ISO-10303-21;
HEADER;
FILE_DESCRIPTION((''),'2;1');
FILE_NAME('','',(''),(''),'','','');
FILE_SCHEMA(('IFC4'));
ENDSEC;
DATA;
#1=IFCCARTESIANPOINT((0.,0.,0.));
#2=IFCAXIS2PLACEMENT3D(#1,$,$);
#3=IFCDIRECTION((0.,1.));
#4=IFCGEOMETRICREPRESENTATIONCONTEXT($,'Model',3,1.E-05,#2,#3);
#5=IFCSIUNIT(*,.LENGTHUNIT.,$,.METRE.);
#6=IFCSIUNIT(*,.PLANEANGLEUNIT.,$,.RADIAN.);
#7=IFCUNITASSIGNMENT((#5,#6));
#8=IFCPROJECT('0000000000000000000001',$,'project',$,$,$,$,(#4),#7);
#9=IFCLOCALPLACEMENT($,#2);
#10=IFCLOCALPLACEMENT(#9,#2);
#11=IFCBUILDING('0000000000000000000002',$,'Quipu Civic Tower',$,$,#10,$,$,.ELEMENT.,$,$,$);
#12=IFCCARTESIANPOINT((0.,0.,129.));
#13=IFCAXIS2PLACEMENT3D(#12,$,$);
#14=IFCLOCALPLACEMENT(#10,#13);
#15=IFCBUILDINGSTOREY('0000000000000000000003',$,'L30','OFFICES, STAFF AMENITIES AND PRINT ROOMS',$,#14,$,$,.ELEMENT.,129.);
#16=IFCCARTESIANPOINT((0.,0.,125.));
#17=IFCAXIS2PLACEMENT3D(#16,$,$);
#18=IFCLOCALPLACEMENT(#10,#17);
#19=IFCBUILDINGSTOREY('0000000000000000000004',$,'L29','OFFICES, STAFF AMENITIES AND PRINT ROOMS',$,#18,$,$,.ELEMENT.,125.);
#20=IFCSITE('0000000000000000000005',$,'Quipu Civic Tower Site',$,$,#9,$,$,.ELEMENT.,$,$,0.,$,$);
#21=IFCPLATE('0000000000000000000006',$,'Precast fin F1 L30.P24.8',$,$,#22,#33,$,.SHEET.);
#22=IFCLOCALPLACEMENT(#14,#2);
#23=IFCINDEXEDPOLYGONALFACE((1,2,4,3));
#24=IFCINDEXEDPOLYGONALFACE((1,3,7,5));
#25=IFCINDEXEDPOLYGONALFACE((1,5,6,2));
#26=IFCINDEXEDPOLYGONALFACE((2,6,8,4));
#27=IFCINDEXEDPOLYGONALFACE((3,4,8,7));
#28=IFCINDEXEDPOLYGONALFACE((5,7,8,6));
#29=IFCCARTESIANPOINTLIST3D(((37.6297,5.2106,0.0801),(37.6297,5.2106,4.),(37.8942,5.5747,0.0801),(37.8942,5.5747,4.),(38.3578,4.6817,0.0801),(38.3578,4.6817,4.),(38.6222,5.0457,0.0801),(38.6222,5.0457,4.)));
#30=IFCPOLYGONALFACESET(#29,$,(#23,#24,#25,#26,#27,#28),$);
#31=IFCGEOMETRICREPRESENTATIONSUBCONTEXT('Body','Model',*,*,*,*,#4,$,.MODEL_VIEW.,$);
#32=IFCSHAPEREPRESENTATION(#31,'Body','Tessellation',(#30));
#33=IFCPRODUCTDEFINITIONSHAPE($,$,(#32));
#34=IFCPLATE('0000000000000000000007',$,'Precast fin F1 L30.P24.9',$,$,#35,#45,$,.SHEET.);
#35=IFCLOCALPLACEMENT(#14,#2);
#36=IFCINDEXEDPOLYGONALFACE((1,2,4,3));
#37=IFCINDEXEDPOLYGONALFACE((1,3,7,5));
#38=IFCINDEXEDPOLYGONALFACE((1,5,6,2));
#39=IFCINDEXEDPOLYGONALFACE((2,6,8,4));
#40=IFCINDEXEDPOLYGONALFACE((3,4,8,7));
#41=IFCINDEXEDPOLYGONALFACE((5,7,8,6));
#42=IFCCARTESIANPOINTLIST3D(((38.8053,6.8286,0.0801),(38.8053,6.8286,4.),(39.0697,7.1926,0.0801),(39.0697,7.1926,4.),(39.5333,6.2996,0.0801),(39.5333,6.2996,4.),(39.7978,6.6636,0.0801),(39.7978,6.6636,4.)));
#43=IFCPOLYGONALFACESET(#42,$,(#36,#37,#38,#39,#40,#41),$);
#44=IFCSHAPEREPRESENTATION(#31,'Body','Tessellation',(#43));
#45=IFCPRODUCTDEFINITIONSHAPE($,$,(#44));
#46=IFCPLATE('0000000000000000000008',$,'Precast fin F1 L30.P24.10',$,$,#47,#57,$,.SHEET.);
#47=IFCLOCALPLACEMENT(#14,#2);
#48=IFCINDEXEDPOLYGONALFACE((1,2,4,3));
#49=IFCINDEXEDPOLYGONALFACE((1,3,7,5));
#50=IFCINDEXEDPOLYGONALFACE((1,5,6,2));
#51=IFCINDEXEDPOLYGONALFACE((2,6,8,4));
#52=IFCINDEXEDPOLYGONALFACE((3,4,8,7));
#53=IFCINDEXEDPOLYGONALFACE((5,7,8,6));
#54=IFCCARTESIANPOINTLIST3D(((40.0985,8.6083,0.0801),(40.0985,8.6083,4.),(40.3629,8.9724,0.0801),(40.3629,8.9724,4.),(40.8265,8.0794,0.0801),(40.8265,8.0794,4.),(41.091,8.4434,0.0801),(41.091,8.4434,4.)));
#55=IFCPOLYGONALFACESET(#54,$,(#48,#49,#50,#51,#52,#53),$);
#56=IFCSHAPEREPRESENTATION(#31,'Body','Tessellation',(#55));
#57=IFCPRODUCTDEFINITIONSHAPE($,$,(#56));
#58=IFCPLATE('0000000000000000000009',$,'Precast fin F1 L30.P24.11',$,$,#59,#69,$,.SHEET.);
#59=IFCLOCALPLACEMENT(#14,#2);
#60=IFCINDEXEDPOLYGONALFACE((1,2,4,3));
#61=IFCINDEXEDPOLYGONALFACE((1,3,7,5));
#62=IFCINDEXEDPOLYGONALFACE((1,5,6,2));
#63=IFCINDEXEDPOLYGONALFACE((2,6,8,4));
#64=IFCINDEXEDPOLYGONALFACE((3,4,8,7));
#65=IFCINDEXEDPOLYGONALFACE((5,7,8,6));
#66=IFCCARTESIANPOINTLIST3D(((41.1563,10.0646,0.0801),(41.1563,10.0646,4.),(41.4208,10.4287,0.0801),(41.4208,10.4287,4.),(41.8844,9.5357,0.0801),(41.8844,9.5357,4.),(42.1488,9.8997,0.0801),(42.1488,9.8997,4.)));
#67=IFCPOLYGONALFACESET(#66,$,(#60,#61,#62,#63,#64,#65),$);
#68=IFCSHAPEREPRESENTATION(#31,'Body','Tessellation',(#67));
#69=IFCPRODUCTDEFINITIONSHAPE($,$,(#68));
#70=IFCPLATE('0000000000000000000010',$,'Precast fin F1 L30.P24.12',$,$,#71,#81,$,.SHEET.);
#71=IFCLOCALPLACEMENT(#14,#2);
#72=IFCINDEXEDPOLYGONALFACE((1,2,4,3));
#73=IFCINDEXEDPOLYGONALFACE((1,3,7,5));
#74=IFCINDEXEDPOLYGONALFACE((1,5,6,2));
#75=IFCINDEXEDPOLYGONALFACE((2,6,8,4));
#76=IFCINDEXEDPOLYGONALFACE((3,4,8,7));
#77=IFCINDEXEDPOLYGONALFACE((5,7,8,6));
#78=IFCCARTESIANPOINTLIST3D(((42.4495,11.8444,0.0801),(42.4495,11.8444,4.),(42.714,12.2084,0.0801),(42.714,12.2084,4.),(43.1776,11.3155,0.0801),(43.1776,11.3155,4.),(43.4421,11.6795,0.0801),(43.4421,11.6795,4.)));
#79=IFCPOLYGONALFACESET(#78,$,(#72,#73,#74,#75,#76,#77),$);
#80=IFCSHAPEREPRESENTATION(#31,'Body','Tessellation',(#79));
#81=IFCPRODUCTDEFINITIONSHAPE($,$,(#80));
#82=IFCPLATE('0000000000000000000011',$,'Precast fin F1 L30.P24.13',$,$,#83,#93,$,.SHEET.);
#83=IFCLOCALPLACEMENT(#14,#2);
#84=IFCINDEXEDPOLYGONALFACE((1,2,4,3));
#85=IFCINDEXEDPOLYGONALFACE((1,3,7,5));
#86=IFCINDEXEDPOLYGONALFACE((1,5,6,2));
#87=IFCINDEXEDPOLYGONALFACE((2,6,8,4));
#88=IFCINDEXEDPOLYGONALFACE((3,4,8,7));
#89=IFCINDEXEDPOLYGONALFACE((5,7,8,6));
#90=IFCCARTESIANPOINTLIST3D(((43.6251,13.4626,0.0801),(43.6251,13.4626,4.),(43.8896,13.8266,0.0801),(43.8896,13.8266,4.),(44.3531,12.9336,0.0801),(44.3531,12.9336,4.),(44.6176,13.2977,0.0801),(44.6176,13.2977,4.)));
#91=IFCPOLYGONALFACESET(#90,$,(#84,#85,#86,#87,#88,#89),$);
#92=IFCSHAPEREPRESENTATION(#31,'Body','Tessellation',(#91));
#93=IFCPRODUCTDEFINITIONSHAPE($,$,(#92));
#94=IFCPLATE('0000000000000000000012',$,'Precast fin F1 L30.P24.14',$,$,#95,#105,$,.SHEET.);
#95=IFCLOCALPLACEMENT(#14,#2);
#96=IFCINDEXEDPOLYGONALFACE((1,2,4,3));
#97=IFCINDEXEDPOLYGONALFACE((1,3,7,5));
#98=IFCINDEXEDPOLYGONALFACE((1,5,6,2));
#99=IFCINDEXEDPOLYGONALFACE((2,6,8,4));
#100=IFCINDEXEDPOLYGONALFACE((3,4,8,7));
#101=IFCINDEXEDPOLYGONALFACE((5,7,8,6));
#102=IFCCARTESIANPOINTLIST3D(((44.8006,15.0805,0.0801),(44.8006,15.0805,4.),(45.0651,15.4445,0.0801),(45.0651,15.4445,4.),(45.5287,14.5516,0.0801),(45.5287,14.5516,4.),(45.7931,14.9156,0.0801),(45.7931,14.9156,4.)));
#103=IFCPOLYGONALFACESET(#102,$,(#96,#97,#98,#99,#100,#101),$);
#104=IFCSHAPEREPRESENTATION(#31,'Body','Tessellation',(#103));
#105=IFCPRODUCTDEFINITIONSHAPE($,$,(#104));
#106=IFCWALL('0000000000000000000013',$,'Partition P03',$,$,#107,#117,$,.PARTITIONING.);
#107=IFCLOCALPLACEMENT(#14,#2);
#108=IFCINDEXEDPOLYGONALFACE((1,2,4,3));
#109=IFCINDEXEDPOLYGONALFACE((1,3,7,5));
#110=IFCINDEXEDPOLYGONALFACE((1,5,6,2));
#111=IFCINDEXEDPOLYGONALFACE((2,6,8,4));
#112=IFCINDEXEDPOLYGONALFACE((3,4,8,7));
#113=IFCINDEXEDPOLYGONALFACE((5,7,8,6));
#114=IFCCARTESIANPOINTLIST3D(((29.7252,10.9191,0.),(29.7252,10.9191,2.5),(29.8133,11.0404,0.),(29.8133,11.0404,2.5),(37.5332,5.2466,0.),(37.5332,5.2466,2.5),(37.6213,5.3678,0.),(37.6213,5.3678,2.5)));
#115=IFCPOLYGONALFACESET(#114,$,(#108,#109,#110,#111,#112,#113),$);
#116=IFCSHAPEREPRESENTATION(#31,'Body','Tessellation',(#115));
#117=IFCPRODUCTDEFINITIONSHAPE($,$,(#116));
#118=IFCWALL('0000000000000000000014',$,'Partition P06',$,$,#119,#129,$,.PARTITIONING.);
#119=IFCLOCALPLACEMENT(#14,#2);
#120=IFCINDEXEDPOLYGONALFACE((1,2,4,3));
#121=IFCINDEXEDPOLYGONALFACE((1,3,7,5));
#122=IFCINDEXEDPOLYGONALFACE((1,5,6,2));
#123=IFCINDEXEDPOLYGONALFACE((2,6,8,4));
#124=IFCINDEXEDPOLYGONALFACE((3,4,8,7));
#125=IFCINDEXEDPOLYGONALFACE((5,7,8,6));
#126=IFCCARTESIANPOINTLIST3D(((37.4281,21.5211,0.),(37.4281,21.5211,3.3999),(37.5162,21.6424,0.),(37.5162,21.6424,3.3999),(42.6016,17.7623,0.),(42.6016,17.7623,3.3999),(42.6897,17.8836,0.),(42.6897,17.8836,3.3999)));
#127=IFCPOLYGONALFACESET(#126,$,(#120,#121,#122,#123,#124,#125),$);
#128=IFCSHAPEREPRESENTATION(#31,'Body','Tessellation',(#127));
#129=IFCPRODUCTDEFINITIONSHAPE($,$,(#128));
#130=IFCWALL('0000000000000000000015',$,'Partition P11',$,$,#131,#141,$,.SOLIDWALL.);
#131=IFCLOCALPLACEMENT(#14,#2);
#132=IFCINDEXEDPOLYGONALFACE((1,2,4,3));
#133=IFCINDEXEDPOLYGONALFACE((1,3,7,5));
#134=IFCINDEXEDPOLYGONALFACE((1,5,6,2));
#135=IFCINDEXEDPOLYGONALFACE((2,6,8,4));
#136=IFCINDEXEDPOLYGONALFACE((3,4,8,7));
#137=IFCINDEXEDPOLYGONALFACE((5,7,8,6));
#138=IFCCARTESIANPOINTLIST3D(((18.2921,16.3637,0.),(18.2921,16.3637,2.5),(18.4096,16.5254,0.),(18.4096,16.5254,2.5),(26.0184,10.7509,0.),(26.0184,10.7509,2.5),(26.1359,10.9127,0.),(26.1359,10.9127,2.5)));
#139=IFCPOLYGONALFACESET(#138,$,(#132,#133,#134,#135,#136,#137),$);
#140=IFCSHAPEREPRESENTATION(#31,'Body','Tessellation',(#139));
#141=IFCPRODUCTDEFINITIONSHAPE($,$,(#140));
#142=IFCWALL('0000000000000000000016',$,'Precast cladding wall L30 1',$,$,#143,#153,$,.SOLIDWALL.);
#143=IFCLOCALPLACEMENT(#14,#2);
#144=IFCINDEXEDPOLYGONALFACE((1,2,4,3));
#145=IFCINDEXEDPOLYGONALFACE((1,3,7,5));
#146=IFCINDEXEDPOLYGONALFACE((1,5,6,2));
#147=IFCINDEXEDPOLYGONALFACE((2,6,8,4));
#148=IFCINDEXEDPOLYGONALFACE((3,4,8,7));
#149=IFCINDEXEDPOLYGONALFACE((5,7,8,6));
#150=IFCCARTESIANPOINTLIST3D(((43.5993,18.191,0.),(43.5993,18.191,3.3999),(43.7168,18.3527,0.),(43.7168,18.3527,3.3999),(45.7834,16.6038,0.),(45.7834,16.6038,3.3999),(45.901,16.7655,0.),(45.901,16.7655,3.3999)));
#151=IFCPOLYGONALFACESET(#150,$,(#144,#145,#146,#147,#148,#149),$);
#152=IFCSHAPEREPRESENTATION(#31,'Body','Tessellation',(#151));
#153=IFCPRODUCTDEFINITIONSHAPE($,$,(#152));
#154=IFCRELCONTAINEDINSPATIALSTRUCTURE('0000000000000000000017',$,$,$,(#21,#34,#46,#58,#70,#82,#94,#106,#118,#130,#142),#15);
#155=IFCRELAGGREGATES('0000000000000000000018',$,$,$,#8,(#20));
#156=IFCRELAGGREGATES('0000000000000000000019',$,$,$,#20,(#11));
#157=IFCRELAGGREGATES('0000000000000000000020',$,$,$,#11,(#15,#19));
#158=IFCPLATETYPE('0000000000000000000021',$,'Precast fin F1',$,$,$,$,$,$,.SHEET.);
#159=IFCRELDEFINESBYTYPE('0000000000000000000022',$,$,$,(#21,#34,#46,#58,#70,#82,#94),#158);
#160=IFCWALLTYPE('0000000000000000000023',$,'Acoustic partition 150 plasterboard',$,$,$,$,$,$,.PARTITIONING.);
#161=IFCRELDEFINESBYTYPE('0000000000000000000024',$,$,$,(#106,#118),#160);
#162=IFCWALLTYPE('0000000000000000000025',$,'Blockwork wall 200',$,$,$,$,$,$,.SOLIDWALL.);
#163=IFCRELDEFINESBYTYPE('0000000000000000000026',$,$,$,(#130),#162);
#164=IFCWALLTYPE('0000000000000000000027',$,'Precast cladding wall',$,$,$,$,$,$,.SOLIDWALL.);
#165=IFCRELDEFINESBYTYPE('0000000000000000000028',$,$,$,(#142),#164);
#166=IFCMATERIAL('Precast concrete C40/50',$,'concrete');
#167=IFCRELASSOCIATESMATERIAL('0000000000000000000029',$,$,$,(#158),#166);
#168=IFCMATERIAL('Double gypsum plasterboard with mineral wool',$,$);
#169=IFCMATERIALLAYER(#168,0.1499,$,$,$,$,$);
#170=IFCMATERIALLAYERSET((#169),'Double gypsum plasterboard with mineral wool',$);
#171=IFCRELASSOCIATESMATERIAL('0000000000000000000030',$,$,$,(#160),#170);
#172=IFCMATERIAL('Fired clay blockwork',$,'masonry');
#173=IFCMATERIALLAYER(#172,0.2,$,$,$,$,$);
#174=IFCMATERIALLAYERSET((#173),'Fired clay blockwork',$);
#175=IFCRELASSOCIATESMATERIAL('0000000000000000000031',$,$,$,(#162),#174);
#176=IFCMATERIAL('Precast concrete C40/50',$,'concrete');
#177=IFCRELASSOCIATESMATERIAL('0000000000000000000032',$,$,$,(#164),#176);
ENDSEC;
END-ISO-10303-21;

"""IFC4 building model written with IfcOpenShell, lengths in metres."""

from ifc_helpers import new_model, si_unit, direction, frame, frame_2d, origin, origin_2d, place, context, subcontext, project, spatial, rectangle, extrude, material, layer, layer_set, type_object, element, save


model = new_model("IFC4")

# Units and contexts
model_context = context("Model", 3, precision=1e-05, world=origin(), true_north=direction((0.0, 1.0)))
body_context = subcontext(model_context, "Body", "Model", "MODEL_VIEW")
ifc_project = project(units=[si_unit("LENGTHUNIT", "METRE"), si_unit("PLANEANGLEUNIT", "RADIAN")], contexts=[model_context])

# Site, building, storey
site_placement = place(None, origin())
site = spatial("IfcSite", under=ifc_project, at=site_placement, Name="Quipu Civic Tower Site", CompositionType="ELEMENT", RefElevation=0.0)
building_placement = place(site_placement, origin())
building = spatial("IfcBuilding", under=site, at=building_placement, Name="Quipu Civic Tower", CompositionType="ELEMENT")
storey_1_placement = place(building_placement, frame((0.0, 0.0, 129.0)))
storey_1 = spatial("IfcBuildingStorey", under=building, at=storey_1_placement, Name="L30", Description="OFFICES, STAFF AMENITIES AND PRINT ROOMS", CompositionType="ELEMENT", Elevation=129.0)

# Shared definitions
storey_2_placement = place(building_placement, frame((0.0, 0.0, 125.0)))
storey_2 = spatial("IfcBuildingStorey", under=building, at=storey_2_placement, Name="L29", Description="OFFICES, STAFF AMENITIES AND PRINT ROOMS", CompositionType="ELEMENT", Elevation=125.0)

# Plates
ifc_material_1 = material(Name="Precast concrete C40/50", Category="concrete")
plate_type_1 = type_object("IfcPlateType", Name="Precast fin F1", PredefinedType="SHEET", material=ifc_material_1)
for number, where, z_axis, x_axis, name in (
    (1, (38.126, 5.1282, 0.0801), (0.0, 0.0, 1.0), (0.587786, 0.809017, 0.0), "Precast fin F1 L30.P24.8"),
    (2, (39.3015, 6.7461, 0.0801), (0.0, 0.0, 1.0), (0.587786, 0.809017, 0.0), "Precast fin F1 L30.P24.9"),
    (3, (40.5947, 8.5259, 0.0801), (0.0, 0.0, 1.0), (0.587786, 0.809017, 0.0), "Precast fin F1 L30.P24.10"),
    (4, (41.6526, 9.9822, 0.0801), (0.0, 0.0, 1.0), (0.587786, 0.809017, 0.0), "Precast fin F1 L30.P24.11"),
    (5, (42.9458, 11.762, 0.0801), (0.0, 0.0, 1.0), (0.587786, 0.809017, 0.0), "Precast fin F1 L30.P24.12"),
    (6, (44.1213, 13.3801, 0.0801), (0.0, 0.0, 1.0), (0.587786, 0.809017, 0.0), "Precast fin F1 L30.P24.13"),
    (7, (45.2969, 14.998, 0.0801), (0.0, 0.0, 1.0), (0.587786, 0.809017, 0.0), "Precast fin F1 L30.P24.14"),
):
    element("IfcPlate", number, at=place(storey_1_placement, frame(where, z_axis=z_axis, x_axis=x_axis)), inside=storey_1, type_object=plate_type_1, Name=name, PredefinedType="SHEET", context=body_context, shape_type="SweptSolid", body=[
        extrude(rectangle(XDim=0.45, YDim=0.8999, at=origin_2d()), origin(), (0.0, 0.0, 1.0), 3.9199),
    ])

# Walls
ifc_material_2 = material(Name="Double gypsum plasterboard with mineral wool")
ifc_layer_1 = layer(ifc_material_2, 0.1499)
ifc_layer_set_1 = layer_set([ifc_layer_1], Name="Double gypsum plasterboard with mineral wool")
wall_type_1 = type_object("IfcWallType", Name="Acoustic partition 150 plasterboard", PredefinedType="PARTITIONING", material=ifc_layer_set_1)
wall_1_placement = place(storey_1_placement, frame((37.5774, 5.3071, 0.0), z_axis=(0.0, 0.0, 1.0), x_axis=(-0.809032, 0.587764, 0.0)))
element("IfcWall", 8, at=wall_1_placement, inside=storey_1, type_object=wall_type_1, Name="Partition P03", PredefinedType="PARTITIONING", context=body_context, shape_type="SweptSolid", body=[
    extrude(rectangle(XDim=9.6511, YDim=0.1499, at=frame_2d((4.8257, 0.0))), origin(), (0.0, 0.0, 1.0), 2.5),
])
wall_2_placement = place(storey_1_placement, frame((42.6455, 17.823, 0.0), z_axis=(0.0, 0.0, 1.0), x_axis=(-0.809007, 0.587799, 0.0)))
element("IfcWall", 9, at=wall_2_placement, inside=storey_1, type_object=wall_type_1, Name="Partition P06", PredefinedType="PARTITIONING", context=body_context, shape_type="SweptSolid", body=[
    extrude(rectangle(XDim=6.3948, YDim=0.1499, at=frame_2d((3.1973, 0.0))), origin(), (0.0, 0.0, 1.0), 3.3999),
])
ifc_material_3 = material(Name="Fired clay blockwork", Category="masonry")
ifc_layer_2 = layer(ifc_material_3, 0.2)
ifc_layer_set_2 = layer_set([ifc_layer_2], Name="Fired clay blockwork")
wall_type_2 = type_object("IfcWallType", Name="Blockwork wall 200", PredefinedType="SOLIDWALL", material=ifc_layer_set_2)
wall_3_placement = place(storey_1_placement, frame((26.0771, 10.8318, 0.0), z_axis=(0.0, 0.0, 1.0), x_axis=(-0.809052, 0.587737, 0.0)))
element("IfcWall", 10, at=wall_3_placement, inside=storey_1, type_object=wall_type_2, Name="Partition P11", PredefinedType="SOLIDWALL", context=body_context, shape_type="SweptSolid", body=[
    extrude(rectangle(XDim=9.5498, YDim=0.2, at=frame_2d((4.7749, 0.0))), origin(), (0.0, 0.0, 1.0), 2.5),
])
ifc_material_4 = material(Name="Precast concrete C40/50", Category="concrete")
wall_type_3 = type_object("IfcWallType", Name="Precast cladding wall", PredefinedType="SOLIDWALL", material=ifc_material_4)
wall_4_placement = place(storey_1_placement, frame((45.8423, 16.6846, 0.0), z_axis=(0.0, 0.0, 1.0), x_axis=(-0.808959, 0.587865, 0.0)))
element("IfcWall", 11, at=wall_4_placement, inside=storey_1, type_object=wall_type_3, Name="Precast cladding wall L30 1", PredefinedType="SOLIDWALL", context=body_context, shape_type="SweptSolid", body=[
    extrude(rectangle(XDim=2.7, YDim=0.2, at=frame_2d((1.3501, 0.0))), origin(), (0.0, 0.0, 1.0), 3.3999),
])

save(model, "model.ifc")
